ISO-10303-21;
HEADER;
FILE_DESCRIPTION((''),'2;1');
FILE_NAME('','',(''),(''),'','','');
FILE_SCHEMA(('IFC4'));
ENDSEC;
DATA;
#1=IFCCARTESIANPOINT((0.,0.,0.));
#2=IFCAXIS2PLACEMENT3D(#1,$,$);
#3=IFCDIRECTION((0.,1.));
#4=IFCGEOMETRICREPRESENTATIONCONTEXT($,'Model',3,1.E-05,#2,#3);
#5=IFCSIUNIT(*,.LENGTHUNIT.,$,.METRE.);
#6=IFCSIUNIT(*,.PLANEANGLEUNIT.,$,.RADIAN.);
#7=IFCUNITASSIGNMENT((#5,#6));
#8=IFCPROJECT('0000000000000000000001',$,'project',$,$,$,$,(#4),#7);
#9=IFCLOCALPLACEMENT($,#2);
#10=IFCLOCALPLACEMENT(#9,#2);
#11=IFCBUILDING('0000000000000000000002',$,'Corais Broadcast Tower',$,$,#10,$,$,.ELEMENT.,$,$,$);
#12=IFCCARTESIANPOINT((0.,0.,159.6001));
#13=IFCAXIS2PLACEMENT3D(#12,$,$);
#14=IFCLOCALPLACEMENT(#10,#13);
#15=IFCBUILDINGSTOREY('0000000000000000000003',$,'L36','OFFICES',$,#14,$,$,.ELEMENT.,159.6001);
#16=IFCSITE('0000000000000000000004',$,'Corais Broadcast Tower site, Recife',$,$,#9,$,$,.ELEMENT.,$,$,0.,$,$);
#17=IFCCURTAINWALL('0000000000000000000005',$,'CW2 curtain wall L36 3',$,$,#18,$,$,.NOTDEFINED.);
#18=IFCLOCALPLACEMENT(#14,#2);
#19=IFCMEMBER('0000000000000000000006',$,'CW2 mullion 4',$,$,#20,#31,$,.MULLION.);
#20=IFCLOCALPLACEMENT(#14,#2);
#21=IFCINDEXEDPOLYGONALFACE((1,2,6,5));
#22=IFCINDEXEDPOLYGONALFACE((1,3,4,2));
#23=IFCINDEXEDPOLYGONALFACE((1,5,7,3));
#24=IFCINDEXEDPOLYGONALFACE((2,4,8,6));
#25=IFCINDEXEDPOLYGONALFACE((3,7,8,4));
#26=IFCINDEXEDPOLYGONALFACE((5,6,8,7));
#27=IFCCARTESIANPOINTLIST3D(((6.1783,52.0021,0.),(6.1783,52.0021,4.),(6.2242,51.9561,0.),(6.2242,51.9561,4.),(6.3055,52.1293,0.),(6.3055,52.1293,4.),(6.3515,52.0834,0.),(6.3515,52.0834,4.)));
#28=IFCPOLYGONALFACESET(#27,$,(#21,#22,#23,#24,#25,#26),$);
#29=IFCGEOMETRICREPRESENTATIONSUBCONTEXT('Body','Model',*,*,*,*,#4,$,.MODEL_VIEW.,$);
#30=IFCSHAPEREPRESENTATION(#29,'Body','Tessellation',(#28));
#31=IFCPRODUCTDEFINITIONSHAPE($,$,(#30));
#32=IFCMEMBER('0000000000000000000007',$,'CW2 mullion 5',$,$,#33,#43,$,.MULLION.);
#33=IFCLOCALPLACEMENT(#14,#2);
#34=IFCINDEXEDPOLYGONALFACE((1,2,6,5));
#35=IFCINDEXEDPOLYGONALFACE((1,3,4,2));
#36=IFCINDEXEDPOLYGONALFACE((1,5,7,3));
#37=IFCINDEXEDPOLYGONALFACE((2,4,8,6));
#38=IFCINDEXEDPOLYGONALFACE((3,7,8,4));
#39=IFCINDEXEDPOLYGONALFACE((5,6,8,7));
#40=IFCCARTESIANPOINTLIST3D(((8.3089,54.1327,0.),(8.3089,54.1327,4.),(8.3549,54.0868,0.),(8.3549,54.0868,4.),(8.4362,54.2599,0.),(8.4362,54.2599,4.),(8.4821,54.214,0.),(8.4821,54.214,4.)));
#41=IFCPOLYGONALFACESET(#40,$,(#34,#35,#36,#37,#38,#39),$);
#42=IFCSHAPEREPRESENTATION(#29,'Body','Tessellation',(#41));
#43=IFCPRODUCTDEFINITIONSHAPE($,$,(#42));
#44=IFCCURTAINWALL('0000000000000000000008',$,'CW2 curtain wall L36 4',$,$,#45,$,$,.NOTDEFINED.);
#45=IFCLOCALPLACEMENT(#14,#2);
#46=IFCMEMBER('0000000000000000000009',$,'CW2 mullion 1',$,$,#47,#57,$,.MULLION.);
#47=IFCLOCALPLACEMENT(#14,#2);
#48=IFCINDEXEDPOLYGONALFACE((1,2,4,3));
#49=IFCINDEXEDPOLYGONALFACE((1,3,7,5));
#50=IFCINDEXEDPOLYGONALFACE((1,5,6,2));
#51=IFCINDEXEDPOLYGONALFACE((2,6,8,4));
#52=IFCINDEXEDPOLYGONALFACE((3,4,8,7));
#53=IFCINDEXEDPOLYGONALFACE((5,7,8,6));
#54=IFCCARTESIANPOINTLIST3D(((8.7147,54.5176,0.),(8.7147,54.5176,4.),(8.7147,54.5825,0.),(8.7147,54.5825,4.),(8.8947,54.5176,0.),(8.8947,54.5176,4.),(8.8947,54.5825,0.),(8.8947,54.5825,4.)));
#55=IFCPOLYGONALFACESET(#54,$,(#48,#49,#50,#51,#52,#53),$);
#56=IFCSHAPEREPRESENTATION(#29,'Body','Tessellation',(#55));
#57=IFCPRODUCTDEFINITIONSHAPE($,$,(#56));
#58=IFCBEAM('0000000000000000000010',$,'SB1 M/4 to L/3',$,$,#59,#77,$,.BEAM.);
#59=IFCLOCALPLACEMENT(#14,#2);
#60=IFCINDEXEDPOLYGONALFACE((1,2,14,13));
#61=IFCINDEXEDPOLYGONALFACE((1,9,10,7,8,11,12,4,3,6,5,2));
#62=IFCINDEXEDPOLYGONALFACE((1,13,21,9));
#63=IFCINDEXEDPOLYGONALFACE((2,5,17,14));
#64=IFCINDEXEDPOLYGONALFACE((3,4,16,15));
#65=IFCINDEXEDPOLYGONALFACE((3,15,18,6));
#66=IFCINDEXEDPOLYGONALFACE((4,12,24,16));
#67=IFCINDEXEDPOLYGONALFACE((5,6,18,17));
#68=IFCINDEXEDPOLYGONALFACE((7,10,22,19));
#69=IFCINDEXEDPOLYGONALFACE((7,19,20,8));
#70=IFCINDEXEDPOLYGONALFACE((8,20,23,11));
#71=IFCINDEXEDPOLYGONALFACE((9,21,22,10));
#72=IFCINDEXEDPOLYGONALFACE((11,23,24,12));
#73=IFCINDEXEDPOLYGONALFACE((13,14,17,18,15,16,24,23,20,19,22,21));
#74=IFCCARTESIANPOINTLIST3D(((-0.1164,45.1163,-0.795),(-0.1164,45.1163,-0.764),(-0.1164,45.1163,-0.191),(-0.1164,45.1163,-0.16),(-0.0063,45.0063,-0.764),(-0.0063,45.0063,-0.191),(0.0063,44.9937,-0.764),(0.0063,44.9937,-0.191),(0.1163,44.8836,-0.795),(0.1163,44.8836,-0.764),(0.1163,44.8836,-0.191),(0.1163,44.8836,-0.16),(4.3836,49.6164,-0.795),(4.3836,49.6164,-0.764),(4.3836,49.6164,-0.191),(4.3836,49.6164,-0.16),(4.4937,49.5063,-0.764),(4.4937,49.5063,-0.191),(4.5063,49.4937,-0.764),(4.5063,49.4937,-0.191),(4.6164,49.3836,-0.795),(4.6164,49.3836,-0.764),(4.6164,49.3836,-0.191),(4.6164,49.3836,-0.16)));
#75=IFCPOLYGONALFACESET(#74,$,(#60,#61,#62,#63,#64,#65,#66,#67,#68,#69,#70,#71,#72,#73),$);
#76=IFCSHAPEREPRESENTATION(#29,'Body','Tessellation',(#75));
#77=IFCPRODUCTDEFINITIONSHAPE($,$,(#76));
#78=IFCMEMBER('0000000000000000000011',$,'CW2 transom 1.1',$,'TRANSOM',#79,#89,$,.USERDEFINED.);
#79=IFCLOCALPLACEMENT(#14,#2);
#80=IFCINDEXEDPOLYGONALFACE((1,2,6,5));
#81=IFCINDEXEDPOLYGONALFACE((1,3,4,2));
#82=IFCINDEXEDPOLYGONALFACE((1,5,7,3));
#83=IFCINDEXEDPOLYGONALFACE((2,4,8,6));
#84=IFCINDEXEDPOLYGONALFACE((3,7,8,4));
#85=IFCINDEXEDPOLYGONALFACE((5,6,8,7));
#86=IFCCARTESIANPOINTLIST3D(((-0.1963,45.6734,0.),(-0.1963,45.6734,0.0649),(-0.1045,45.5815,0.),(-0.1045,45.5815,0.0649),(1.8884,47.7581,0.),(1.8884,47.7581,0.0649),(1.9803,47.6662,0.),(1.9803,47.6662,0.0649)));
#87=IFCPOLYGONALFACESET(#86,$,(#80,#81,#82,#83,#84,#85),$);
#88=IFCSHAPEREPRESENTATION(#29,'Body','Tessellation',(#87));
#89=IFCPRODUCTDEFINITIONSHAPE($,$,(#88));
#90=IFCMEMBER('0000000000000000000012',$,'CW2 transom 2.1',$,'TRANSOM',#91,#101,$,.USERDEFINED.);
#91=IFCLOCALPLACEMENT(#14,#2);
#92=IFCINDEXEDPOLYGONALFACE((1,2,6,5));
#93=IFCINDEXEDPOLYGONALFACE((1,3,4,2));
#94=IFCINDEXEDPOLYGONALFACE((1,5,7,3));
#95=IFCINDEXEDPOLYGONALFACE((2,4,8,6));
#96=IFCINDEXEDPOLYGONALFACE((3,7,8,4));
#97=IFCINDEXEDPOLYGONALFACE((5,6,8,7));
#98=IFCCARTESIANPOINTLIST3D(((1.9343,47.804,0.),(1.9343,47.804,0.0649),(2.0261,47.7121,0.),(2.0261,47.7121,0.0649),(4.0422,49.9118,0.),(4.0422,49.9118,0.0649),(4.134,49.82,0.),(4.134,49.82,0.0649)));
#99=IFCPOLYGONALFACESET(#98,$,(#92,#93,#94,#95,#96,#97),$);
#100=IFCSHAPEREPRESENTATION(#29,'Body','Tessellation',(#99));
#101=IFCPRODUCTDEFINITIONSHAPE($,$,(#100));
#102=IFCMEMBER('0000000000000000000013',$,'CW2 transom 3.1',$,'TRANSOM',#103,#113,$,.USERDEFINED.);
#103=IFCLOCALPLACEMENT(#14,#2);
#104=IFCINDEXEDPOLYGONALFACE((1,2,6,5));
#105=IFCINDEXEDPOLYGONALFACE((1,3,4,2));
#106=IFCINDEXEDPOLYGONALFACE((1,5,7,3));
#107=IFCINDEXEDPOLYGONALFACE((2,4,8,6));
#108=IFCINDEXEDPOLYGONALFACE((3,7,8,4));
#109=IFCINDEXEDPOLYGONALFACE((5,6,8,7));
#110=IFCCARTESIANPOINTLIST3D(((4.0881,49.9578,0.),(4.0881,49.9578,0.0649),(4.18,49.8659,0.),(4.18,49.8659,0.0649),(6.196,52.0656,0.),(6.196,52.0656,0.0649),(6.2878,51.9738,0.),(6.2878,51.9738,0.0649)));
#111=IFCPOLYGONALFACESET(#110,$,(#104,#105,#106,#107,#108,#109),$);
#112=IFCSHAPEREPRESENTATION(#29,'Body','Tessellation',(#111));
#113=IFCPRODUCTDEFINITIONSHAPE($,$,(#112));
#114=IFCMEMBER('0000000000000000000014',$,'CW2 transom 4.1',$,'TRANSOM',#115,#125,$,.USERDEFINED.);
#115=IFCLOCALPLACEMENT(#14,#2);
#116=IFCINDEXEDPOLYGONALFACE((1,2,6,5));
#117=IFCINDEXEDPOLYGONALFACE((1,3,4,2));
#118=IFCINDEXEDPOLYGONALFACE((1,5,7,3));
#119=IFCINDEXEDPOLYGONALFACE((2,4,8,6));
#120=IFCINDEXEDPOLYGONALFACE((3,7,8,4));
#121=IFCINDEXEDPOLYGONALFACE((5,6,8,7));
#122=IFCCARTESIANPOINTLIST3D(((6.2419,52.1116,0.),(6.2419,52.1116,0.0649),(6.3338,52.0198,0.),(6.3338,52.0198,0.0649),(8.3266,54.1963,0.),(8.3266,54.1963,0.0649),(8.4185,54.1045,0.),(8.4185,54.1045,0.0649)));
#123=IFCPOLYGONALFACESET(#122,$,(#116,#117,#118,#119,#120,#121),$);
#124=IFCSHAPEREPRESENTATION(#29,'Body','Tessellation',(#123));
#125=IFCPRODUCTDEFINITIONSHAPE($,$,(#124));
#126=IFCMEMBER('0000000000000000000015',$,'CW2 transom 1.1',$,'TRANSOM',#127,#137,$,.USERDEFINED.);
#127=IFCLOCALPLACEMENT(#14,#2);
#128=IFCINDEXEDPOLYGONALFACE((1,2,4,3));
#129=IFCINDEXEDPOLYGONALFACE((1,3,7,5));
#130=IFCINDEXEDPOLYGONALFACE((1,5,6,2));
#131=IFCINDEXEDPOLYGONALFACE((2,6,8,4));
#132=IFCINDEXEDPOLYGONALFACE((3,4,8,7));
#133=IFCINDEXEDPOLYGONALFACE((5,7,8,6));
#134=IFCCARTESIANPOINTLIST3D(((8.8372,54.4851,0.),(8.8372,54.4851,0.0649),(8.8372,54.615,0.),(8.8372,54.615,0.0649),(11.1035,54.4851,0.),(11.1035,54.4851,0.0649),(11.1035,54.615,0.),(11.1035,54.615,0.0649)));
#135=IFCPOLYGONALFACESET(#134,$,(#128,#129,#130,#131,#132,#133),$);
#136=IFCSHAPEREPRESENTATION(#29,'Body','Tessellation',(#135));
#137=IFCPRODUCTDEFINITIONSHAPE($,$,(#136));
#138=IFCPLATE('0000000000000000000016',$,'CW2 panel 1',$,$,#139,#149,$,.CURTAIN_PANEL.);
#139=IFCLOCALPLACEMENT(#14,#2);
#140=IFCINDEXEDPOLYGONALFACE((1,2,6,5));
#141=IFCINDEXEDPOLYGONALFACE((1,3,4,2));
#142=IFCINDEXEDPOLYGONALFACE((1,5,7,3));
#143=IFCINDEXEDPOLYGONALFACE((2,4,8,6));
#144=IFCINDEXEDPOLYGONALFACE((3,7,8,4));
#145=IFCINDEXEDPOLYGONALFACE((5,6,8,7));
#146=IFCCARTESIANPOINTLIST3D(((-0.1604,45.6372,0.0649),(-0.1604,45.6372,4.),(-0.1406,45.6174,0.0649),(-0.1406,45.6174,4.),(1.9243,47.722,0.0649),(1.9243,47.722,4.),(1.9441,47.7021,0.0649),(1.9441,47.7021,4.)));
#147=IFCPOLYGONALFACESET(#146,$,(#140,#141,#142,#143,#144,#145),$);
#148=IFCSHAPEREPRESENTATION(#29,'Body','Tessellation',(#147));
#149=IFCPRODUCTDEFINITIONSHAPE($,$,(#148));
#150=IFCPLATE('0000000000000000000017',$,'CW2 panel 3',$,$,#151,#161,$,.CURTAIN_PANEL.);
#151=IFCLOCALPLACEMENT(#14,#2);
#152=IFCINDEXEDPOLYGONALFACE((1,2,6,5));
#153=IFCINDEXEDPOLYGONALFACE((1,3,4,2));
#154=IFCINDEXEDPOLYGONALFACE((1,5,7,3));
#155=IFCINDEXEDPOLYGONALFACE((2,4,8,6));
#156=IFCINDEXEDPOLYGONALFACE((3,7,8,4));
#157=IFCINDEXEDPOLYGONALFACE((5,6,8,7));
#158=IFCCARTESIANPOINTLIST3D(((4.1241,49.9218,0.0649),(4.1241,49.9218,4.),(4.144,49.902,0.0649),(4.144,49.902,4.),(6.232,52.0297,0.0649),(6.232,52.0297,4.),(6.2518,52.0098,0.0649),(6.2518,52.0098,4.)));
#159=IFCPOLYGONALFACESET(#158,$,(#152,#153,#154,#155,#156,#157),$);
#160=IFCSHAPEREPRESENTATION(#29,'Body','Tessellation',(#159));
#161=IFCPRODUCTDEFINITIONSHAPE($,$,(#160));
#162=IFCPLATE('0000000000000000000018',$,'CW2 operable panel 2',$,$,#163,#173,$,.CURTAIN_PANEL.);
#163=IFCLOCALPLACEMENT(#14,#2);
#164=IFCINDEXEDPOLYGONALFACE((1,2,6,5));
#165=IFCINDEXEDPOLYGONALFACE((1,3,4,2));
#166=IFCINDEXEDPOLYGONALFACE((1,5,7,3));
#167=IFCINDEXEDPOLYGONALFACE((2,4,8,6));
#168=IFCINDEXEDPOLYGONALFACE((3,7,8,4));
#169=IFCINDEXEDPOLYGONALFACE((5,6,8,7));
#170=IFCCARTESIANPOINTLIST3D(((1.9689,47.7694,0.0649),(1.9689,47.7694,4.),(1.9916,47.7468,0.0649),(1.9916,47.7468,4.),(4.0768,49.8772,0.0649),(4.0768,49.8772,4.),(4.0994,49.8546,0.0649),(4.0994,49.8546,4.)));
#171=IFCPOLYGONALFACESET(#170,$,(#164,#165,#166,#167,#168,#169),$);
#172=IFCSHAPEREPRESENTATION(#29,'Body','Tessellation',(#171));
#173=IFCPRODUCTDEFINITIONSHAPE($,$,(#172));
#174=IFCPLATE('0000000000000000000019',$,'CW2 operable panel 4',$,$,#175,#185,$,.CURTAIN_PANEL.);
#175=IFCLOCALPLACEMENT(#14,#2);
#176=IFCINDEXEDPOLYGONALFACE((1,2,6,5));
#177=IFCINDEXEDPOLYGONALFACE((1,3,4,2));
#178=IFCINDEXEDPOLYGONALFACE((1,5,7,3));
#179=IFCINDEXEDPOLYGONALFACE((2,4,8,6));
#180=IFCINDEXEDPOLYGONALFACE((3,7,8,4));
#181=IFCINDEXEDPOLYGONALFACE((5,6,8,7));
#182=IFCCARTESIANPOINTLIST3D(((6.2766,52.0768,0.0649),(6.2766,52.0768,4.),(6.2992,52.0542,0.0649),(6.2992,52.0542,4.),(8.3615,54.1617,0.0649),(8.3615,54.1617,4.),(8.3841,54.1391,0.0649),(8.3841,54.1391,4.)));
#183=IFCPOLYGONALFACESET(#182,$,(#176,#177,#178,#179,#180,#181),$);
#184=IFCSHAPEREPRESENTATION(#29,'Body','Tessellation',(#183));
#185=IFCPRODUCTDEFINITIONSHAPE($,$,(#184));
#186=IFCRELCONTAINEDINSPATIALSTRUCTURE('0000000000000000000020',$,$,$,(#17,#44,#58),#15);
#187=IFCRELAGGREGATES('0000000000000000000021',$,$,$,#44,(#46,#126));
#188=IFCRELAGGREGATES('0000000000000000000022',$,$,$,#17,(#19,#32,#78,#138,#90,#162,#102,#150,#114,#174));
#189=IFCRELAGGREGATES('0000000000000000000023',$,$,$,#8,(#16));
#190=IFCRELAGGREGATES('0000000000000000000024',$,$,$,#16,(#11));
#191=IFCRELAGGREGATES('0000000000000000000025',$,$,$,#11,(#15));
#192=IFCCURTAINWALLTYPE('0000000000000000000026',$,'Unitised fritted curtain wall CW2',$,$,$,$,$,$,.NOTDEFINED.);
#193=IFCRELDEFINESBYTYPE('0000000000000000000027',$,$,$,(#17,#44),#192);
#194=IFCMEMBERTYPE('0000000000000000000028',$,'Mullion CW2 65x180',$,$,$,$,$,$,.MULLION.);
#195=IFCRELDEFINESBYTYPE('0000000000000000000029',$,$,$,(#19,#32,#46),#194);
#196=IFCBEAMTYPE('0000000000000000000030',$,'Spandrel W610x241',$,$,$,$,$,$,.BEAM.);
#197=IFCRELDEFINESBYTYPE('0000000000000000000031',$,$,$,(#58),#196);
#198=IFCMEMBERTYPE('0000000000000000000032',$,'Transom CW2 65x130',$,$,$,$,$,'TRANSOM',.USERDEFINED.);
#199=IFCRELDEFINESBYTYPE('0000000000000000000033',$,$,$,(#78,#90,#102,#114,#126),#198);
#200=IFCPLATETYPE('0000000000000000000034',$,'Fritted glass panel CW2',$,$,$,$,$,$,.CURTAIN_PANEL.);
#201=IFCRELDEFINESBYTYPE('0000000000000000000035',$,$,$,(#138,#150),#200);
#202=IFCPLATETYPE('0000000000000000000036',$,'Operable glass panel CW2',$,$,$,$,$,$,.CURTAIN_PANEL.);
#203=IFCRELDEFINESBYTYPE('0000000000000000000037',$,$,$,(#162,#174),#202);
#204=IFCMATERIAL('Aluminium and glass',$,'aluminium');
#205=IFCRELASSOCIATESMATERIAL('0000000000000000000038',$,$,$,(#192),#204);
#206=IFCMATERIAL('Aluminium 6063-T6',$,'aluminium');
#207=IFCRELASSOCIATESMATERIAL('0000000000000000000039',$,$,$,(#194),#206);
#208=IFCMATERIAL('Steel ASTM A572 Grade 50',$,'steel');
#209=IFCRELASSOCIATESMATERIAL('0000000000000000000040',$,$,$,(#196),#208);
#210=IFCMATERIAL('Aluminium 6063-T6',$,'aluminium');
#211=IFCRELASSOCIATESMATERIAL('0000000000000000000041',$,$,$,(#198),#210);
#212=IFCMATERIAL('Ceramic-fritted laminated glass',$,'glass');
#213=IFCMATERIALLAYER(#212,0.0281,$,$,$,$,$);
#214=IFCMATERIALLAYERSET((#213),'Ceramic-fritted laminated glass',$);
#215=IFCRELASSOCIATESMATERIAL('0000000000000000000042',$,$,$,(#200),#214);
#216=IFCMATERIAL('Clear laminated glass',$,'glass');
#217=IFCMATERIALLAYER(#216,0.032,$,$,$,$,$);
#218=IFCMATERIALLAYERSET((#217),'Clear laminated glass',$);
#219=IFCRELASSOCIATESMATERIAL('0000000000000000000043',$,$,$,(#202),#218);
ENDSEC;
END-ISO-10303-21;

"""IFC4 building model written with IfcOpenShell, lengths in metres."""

from ifc_helpers import new_model, si_unit, direction, frame, origin, origin_2d, place, context, subcontext, project, spatial, rectangle, i_section, extrude, material, layer, layer_set, material_profile, profile_set, type_object, element, aggregate, save


model = new_model("IFC4")

# Units and contexts
model_context = context("Model", 3, precision=1e-05, world=origin(), true_north=direction((0.0, 1.0)))
body_context = subcontext(model_context, "Body", "Model", "MODEL_VIEW")
ifc_project = project(units=[si_unit("LENGTHUNIT", "METRE"), si_unit("PLANEANGLEUNIT", "RADIAN")], contexts=[model_context])

# Site, building, storey
site_placement = place(None, origin())
site = spatial("IfcSite", under=ifc_project, at=site_placement, Name="Corais Broadcast Tower site, Recife", CompositionType="ELEMENT", RefElevation=0.0)
building_placement = place(site_placement, origin())
building = spatial("IfcBuilding", under=site, at=building_placement, Name="Corais Broadcast Tower", CompositionType="ELEMENT")
storey_placement = place(building_placement, frame((0.0, 0.0, 159.6001)))
storey = spatial("IfcBuildingStorey", under=building, at=storey_placement, Name="L36", Description="OFFICES", CompositionType="ELEMENT", Elevation=159.6001)

# Shared definitions
ifc_material_1 = material(Name="Aluminium and glass", Category="aluminium")
curtain_wall_type = type_object("IfcCurtainWallType", Name="Unitised fritted curtain wall CW2", PredefinedType="NOTDEFINED", material=ifc_material_1)
ifc_material_2 = material(Name="Aluminium 6063-T6", Category="aluminium")
ifc_material_profile_1 = material_profile(ifc_material_2, rectangle(XDim=0.0649, YDim=0.1799, at=origin_2d()), Name="Mullion CW2 65x180")
ifc_profile_set_1 = profile_set([ifc_material_profile_1], Name="Aluminium 6063-T6")
member_type_1 = type_object("IfcMemberType", Name="Mullion CW2 65x180", PredefinedType="MULLION", material=ifc_profile_set_1)

# Curtain wall, members
curtain_wall_1_placement = place(storey_placement, origin())
curtain_wall_1 = element("IfcCurtainWall", 1, at=curtain_wall_1_placement, inside=storey, type_object=curtain_wall_type, Name="CW2 curtain wall L36 3", PredefinedType="NOTDEFINED")
member_1_placement = place(storey_placement, frame((6.2649, 52.0427, 0.0), z_axis=(0.0, 0.0, 1.0), x_axis=(-0.707107, 0.707107, 0.0)))
member_1 = element("IfcMember", 2, at=member_1_placement, type_object=member_type_1, Name="CW2 mullion 4", PredefinedType="MULLION", context=body_context, shape_type="SweptSolid", body=[
    extrude(rectangle(XDim=0.0649, YDim=0.1799, at=origin_2d()), origin(), (0.0, 0.0, 1.0), 4.0),
])
member_2_placement = place(storey_placement, frame((8.3955, 54.1733, 0.0), z_axis=(0.0, 0.0, 1.0), x_axis=(-0.707107, 0.707107, 0.0)))
member_2 = element("IfcMember", 3, at=member_2_placement, type_object=member_type_1, Name="CW2 mullion 5", PredefinedType="MULLION", context=body_context, shape_type="SweptSolid", body=[
    extrude(rectangle(XDim=0.0649, YDim=0.1799, at=origin_2d()), origin(), (0.0, 0.0, 1.0), 4.0),
])

# Curtain wall, member
curtain_wall_2_placement = place(storey_placement, origin())
curtain_wall_2 = element("IfcCurtainWall", 4, at=curtain_wall_2_placement, inside=storey, type_object=curtain_wall_type, Name="CW2 curtain wall L36 4", PredefinedType="NOTDEFINED")
member_3_placement = place(storey_placement, frame((8.8047, 54.55, 0.0), z_axis=(0.0, 0.0, 1.0), x_axis=(0.0, 1.0, 0.0)))
member_3 = element("IfcMember", 5, at=member_3_placement, type_object=member_type_1, Name="CW2 mullion 1", PredefinedType="MULLION", context=body_context, shape_type="SweptSolid", body=[
    extrude(rectangle(XDim=0.0649, YDim=0.1799, at=origin_2d()), origin(), (0.0, 0.0, 1.0), 4.0),
])

# Beam
ifc_material_3 = material(Name="Steel ASTM A572 Grade 50", Category="steel")
ifc_material_profile_2 = material_profile(ifc_material_3, i_section(OverallWidth=0.3291, OverallDepth=0.635, WebThickness=0.0178, FlangeThickness=0.031, at=origin_2d()), Name="W610x241")
ifc_profile_set_2 = profile_set([ifc_material_profile_2], Name="Steel ASTM A572 Grade 50")
beam_type_1 = type_object("IfcBeamType", Name="Spandrel W610x241", PredefinedType="BEAM", material=ifc_profile_set_2)
beam_1_placement = place(storey_placement, frame((4.5, 49.5, -0.4775), z_axis=(-0.707107, -0.707107, 0.0), x_axis=(0.707107, -0.707107, 0.0)))
element("IfcBeam", 6, at=beam_1_placement, inside=storey, type_object=beam_type_1, Name="SB1 M/4 to L/3", PredefinedType="BEAM", context=body_context, shape_type="SweptSolid", body=[
    extrude(i_section(OverallWidth=0.3291, OverallDepth=0.635, WebThickness=0.0178, FlangeThickness=0.031, at=origin_2d()), origin(), (0.0, 0.0, 1.0), 6.364),
])

# Members
ifc_material_4 = material(Name="Aluminium 6063-T6", Category="aluminium")
ifc_material_profile_3 = material_profile(ifc_material_4, rectangle(XDim=0.1299, YDim=0.0649, at=origin_2d()), Name="Transom CW2 65x130")
ifc_profile_set_3 = profile_set([ifc_material_profile_3], Name="Aluminium 6063-T6")
member_type_2 = type_object("IfcMemberType", Name="Transom CW2 65x130", ElementType="TRANSOM", PredefinedType="USERDEFINED", material=ifc_profile_set_3)
member_4_placement = place(storey_placement, frame((-0.1504, 45.6274, 0.0325), z_axis=(0.707107, 0.707107, 0.0), x_axis=(-0.707107, 0.707107, 0.0)))
member_4 = element("IfcMember", 7, at=member_4_placement, type_object=member_type_2, Name="CW2 transom 1.1", ObjectType="TRANSOM", PredefinedType="USERDEFINED", context=body_context, shape_type="SweptSolid", body=[
    extrude(rectangle(XDim=0.1299, YDim=0.0649, at=origin_2d()), origin(), (0.0, 0.0, 1.0), 2.9482),
])
member_5_placement = place(storey_placement, frame((1.9802, 47.7581, 0.0325), z_axis=(0.707107, 0.707107, 0.0), x_axis=(-0.707107, 0.707107, 0.0)))
member_5 = element("IfcMember", 8, at=member_5_placement, type_object=member_type_2, Name="CW2 transom 2.1", ObjectType="TRANSOM", PredefinedType="USERDEFINED", context=body_context, shape_type="SweptSolid", body=[
    extrude(rectangle(XDim=0.1299, YDim=0.0649, at=origin_2d()), origin(), (0.0, 0.0, 1.0), 2.981),
])
member_6_placement = place(storey_placement, frame((4.134, 49.9119, 0.0325), z_axis=(0.707107, 0.707107, 0.0), x_axis=(-0.707107, 0.707107, 0.0)))
member_6 = element("IfcMember", 9, at=member_6_placement, type_object=member_type_2, Name="CW2 transom 3.1", ObjectType="TRANSOM", PredefinedType="USERDEFINED", context=body_context, shape_type="SweptSolid", body=[
    extrude(rectangle(XDim=0.1299, YDim=0.0649, at=origin_2d()), origin(), (0.0, 0.0, 1.0), 2.981),
])
member_7_placement = place(storey_placement, frame((6.2878, 52.0657, 0.0325), z_axis=(0.707107, 0.707107, 0.0), x_axis=(-0.707107, 0.707107, 0.0)))
member_7 = element("IfcMember", 10, at=member_7_placement, type_object=member_type_2, Name="CW2 transom 4.1", ObjectType="TRANSOM", PredefinedType="USERDEFINED", context=body_context, shape_type="SweptSolid", body=[
    extrude(rectangle(XDim=0.1299, YDim=0.0649, at=origin_2d()), origin(), (0.0, 0.0, 1.0), 2.9482),
])
member_8_placement = place(storey_placement, frame((8.8372, 54.55, 0.0325), z_axis=(1.0, 0.0, 0.0), x_axis=(0.0, 1.0, 0.0)))
member_8 = element("IfcMember", 11, at=member_8_placement, type_object=member_type_2, Name="CW2 transom 1.1", ObjectType="TRANSOM", PredefinedType="USERDEFINED", context=body_context, shape_type="SweptSolid", body=[
    extrude(rectangle(XDim=0.1299, YDim=0.0649, at=origin_2d()), origin(), (0.0, 0.0, 1.0), 2.2664),
])
aggregate(curtain_wall_2, [member_3, member_8])

# Plates
ifc_material_5 = material(Name="Ceramic-fritted laminated glass", Category="glass")
ifc_layer_1 = layer(ifc_material_5, 0.0281)
ifc_layer_set_1 = layer_set([ifc_layer_1], Name="Ceramic-fritted laminated glass")
plate_type_1 = type_object("IfcPlateType", Name="Fritted glass panel CW2", PredefinedType="CURTAIN_PANEL", material=ifc_layer_set_1)
plate_1_placement = place(storey_placement, frame((0.8918, 46.6697, 0.0649), z_axis=(0.0, 0.0, 1.0), x_axis=(0.707107, 0.707107, 0.0)))
plate_1 = element("IfcPlate", 12, at=plate_1_placement, type_object=plate_type_1, Name="CW2 panel 1", PredefinedType="CURTAIN_PANEL", context=body_context, shape_type="SweptSolid", body=[
    extrude(rectangle(XDim=2.9482, YDim=0.0281, at=origin_2d()), origin(), (0.0, 0.0, 1.0), 3.9351),
])
plate_2_placement = place(storey_placement, frame((5.188, 50.9658, 0.0649), z_axis=(0.0, 0.0, 1.0), x_axis=(0.707107, 0.707107, 0.0)))
plate_2 = element("IfcPlate", 13, at=plate_2_placement, type_object=plate_type_1, Name="CW2 panel 3", PredefinedType="CURTAIN_PANEL", context=body_context, shape_type="SweptSolid", body=[
    extrude(rectangle(XDim=2.981, YDim=0.0281, at=origin_2d()), origin(), (0.0, 0.0, 1.0), 3.9351),
])
ifc_material_6 = material(Name="Clear laminated glass", Category="glass")
ifc_layer_2 = layer(ifc_material_6, 0.032)
ifc_layer_set_2 = layer_set([ifc_layer_2], Name="Clear laminated glass")
plate_type_2 = type_object("IfcPlateType", Name="Operable glass panel CW2", PredefinedType="CURTAIN_PANEL", material=ifc_layer_set_2)
plate_3_placement = place(storey_placement, frame((3.0342, 48.812, 0.0649), z_axis=(0.0, 0.0, 1.0), x_axis=(0.707107, 0.707107, 0.0)))
plate_3 = element("IfcPlate", 14, at=plate_3_placement, type_object=plate_type_2, Name="CW2 operable panel 2", PredefinedType="CURTAIN_PANEL", context=body_context, shape_type="SweptSolid", body=[
    extrude(rectangle(XDim=2.981, YDim=0.032, at=origin_2d()), origin(), (0.0, 0.0, 1.0), 3.9351),
])
plate_4_placement = place(storey_placement, frame((7.3303, 53.1079, 0.0649), z_axis=(0.0, 0.0, 1.0), x_axis=(0.707107, 0.707107, 0.0)))
plate_4 = element("IfcPlate", 15, at=plate_4_placement, type_object=plate_type_2, Name="CW2 operable panel 4", PredefinedType="CURTAIN_PANEL", context=body_context, shape_type="SweptSolid", body=[
    extrude(rectangle(XDim=2.9485, YDim=0.032, at=origin_2d()), origin(), (0.0, 0.0, 1.0), 3.9351),
])
aggregate(curtain_wall_1, [member_1, member_2, member_4, plate_1, member_5, plate_3, member_6, plate_2, member_7, plate_4])

save(model, "model.ifc")
